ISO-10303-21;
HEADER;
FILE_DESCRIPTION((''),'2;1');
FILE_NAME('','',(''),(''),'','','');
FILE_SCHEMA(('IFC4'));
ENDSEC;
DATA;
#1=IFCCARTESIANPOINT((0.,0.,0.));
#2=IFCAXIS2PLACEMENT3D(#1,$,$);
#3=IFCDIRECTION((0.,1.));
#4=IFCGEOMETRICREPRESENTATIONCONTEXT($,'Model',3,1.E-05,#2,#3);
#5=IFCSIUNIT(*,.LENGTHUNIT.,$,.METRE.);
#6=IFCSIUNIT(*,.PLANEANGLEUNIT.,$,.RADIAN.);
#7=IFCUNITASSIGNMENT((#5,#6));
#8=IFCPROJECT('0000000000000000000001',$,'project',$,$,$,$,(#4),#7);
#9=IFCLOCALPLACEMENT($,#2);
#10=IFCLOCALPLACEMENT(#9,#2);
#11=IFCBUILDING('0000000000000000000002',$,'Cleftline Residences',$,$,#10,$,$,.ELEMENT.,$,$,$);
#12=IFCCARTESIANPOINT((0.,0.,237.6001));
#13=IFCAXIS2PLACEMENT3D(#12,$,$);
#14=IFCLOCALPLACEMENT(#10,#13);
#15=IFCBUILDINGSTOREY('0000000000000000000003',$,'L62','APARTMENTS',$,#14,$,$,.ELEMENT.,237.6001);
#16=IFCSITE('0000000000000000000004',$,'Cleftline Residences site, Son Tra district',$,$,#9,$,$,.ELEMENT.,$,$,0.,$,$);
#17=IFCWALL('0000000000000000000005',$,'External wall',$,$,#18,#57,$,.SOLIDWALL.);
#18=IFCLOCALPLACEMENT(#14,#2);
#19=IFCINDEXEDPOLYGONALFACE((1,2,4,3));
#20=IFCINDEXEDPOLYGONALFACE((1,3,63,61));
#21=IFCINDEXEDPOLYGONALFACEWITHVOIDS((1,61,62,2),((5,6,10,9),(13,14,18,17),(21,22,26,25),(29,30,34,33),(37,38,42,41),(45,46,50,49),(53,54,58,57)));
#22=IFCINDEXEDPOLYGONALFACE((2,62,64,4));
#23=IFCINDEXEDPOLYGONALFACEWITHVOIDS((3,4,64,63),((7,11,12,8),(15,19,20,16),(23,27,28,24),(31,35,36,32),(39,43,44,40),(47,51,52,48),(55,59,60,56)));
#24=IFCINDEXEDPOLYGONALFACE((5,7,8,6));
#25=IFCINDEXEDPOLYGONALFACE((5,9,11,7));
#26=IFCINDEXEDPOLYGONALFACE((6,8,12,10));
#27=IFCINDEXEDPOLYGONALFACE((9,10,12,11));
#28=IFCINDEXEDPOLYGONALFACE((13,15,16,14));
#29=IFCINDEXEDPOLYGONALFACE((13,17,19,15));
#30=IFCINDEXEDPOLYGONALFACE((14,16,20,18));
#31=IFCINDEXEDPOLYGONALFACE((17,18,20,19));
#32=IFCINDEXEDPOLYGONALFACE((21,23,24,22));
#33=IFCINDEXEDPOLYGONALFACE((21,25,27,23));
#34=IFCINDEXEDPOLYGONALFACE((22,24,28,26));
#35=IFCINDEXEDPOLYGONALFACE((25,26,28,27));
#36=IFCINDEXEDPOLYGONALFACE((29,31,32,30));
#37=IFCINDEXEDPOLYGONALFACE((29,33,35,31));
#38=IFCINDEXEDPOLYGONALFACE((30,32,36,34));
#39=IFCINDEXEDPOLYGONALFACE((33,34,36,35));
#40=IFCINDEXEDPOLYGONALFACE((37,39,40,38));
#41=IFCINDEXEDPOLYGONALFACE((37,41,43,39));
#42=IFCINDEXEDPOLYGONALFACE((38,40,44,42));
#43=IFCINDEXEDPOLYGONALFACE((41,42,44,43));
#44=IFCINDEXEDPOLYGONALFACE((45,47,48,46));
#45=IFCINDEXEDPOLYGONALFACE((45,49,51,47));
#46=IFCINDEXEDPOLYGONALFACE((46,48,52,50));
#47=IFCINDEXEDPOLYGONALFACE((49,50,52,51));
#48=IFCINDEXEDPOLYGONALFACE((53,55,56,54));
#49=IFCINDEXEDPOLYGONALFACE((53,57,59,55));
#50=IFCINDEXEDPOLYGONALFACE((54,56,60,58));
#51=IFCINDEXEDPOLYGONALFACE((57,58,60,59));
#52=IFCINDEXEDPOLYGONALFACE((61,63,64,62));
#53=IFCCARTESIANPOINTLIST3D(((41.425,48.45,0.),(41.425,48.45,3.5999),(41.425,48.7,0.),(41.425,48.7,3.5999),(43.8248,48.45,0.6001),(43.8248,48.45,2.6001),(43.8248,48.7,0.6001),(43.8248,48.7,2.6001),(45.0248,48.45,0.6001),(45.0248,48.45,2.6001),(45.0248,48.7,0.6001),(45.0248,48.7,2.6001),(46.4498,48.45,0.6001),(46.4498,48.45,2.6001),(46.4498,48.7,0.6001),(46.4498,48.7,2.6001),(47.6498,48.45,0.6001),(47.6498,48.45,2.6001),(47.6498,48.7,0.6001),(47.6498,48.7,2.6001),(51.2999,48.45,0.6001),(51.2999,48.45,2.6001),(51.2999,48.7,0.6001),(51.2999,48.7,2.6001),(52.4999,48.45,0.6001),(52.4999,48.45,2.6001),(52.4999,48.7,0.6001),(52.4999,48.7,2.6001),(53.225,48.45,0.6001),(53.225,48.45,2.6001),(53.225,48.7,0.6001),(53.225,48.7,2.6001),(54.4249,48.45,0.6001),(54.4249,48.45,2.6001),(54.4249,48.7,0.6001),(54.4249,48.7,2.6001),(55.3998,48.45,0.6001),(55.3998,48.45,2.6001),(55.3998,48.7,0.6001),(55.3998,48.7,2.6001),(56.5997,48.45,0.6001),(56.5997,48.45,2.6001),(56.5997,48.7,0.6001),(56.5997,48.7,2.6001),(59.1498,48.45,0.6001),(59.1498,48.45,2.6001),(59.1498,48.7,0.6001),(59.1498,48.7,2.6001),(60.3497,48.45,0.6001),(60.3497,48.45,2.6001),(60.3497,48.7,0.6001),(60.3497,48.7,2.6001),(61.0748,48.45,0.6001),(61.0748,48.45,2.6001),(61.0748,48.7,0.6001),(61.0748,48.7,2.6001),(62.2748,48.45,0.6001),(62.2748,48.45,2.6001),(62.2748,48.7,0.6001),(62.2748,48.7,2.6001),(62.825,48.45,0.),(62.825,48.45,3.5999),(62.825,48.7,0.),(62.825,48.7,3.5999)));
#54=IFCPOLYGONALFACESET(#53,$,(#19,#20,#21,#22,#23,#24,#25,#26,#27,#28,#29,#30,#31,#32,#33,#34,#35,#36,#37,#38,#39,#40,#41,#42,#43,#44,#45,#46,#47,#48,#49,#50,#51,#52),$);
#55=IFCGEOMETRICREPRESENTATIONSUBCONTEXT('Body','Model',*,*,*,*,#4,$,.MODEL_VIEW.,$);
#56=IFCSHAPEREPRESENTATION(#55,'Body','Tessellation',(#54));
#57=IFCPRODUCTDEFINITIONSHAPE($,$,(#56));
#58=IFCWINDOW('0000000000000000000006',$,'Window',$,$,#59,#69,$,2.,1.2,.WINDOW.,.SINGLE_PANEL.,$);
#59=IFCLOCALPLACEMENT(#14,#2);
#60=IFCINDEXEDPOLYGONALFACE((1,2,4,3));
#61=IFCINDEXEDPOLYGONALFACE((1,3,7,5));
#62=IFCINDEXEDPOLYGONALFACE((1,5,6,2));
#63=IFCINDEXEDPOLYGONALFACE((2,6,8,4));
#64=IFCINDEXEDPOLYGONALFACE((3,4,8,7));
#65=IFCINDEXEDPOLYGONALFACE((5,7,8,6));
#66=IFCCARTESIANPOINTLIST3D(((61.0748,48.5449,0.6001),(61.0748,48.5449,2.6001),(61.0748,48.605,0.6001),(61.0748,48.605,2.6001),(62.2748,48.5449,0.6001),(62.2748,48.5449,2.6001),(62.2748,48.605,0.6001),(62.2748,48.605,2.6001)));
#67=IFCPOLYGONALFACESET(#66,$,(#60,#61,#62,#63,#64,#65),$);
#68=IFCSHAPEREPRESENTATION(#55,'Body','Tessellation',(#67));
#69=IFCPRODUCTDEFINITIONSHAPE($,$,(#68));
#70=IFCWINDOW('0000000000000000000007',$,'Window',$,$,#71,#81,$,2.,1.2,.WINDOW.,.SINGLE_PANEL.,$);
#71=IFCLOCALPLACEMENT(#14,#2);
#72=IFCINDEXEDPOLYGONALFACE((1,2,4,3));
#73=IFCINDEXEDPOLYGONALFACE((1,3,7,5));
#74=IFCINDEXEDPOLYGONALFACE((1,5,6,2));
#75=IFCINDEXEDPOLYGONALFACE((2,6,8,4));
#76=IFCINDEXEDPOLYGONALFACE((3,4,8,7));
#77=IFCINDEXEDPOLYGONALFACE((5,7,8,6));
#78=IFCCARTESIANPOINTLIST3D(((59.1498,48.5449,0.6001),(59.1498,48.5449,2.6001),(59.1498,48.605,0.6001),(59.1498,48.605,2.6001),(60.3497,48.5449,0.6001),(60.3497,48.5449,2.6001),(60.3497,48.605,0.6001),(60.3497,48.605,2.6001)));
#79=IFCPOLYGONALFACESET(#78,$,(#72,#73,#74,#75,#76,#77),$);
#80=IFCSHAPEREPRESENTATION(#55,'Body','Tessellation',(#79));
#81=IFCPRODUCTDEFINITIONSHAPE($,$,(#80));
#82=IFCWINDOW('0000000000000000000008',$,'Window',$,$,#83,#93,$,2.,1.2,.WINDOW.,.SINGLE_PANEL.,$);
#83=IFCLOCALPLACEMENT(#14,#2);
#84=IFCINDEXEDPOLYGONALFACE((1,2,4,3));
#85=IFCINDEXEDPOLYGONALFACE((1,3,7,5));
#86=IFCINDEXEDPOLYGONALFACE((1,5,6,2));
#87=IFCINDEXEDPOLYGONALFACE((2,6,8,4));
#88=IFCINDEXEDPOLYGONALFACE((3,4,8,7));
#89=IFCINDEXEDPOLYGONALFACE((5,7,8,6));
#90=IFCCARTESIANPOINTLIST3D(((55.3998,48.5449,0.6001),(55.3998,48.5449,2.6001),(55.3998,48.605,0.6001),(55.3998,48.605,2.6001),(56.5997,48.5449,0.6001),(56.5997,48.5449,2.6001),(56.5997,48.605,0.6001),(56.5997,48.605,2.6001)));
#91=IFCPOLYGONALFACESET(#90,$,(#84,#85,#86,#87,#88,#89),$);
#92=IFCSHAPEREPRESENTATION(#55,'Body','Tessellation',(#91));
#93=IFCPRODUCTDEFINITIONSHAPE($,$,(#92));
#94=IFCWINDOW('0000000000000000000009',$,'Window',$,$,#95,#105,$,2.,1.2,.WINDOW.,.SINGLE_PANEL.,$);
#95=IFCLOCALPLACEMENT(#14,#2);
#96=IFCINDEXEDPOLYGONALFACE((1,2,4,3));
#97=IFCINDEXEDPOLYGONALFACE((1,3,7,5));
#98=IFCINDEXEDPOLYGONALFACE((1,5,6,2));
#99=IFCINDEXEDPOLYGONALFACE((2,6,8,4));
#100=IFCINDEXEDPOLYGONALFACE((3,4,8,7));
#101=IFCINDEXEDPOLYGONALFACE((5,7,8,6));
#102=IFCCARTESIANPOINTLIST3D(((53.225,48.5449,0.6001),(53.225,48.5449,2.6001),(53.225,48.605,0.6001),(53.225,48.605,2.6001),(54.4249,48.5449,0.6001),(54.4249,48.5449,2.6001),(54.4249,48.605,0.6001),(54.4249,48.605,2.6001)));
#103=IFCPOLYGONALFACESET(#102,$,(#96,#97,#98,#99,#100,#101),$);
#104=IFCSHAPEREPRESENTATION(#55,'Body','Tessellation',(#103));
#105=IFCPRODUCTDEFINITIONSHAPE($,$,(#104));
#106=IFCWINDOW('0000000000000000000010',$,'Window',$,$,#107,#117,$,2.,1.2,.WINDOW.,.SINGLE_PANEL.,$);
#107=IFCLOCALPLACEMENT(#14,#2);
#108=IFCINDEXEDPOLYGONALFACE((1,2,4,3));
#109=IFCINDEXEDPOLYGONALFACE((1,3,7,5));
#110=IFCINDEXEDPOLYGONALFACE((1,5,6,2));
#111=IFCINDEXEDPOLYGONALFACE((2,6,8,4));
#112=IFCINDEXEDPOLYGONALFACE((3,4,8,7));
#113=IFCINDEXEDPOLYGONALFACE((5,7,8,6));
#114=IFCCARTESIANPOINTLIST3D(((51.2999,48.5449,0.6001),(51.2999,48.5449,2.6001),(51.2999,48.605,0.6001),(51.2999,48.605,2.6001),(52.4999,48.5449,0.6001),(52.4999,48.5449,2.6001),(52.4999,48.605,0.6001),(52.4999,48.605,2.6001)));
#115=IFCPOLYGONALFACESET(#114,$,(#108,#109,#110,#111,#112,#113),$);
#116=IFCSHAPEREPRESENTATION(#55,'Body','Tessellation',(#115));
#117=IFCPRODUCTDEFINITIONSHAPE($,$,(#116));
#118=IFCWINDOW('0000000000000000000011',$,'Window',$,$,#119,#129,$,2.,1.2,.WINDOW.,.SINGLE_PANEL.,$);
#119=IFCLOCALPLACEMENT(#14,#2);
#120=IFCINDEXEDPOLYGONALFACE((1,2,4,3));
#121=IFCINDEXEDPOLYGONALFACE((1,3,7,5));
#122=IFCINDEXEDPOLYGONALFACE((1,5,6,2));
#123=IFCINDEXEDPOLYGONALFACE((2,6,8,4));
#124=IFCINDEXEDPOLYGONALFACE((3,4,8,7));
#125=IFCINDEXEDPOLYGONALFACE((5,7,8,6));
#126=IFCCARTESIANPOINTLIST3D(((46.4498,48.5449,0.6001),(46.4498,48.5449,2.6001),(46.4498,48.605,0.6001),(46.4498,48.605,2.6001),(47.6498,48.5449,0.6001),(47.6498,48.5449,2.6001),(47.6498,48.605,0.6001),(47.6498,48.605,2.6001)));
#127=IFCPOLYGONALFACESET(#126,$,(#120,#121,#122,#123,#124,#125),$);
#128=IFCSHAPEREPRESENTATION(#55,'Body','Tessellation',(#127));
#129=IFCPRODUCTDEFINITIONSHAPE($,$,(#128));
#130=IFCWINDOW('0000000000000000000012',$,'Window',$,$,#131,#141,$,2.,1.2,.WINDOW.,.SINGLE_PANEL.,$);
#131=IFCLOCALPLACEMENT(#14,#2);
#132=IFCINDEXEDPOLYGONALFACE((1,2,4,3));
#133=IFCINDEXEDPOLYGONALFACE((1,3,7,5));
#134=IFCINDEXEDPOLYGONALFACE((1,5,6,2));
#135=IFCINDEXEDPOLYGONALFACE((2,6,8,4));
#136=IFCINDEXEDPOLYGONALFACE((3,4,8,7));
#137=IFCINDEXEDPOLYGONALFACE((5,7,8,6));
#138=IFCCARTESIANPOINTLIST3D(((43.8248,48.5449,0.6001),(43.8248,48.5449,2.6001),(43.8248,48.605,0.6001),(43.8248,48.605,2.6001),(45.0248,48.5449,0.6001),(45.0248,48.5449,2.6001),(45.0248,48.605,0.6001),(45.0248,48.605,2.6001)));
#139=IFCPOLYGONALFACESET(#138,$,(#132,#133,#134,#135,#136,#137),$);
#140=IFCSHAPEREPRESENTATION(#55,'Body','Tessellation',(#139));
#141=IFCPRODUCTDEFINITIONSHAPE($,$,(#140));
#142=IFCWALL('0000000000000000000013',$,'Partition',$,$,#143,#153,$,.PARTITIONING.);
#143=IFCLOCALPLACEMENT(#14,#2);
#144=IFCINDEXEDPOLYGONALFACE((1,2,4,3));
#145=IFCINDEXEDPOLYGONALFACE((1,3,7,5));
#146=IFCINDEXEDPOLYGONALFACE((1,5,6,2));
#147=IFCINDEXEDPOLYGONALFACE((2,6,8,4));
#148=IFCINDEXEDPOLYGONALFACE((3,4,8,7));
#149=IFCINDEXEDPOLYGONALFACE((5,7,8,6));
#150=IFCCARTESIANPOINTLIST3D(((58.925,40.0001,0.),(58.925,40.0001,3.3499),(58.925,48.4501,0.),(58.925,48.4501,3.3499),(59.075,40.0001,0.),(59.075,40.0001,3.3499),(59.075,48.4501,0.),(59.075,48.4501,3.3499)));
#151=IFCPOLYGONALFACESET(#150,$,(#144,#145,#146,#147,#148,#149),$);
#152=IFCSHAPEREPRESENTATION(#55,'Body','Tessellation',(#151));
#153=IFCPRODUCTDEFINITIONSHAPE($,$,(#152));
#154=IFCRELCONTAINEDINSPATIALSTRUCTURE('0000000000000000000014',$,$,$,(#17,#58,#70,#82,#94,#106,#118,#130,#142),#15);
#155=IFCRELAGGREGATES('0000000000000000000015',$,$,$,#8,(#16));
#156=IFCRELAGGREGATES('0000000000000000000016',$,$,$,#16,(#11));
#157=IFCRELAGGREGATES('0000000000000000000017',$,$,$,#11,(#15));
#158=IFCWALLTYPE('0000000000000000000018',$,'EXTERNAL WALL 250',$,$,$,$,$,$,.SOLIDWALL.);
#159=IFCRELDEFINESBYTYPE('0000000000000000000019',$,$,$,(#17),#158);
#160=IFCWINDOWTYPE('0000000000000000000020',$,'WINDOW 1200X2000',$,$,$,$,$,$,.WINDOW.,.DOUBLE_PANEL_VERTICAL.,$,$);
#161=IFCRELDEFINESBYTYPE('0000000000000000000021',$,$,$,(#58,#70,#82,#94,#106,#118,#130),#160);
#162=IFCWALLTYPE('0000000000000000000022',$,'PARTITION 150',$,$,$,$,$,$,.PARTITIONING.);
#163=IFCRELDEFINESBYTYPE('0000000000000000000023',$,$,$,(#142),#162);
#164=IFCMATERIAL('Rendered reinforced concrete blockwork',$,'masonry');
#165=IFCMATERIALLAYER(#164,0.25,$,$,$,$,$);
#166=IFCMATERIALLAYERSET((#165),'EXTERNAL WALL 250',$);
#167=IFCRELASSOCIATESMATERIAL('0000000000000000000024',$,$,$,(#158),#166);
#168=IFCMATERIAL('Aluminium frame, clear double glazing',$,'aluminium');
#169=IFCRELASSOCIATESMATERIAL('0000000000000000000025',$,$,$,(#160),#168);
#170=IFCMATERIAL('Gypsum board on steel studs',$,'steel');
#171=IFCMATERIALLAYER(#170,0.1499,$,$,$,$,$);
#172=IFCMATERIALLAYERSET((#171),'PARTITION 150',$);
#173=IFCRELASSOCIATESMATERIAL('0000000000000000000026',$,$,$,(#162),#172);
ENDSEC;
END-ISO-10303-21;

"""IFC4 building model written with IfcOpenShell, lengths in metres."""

from ifc_helpers import new_model, si_unit, direction, frame, frame_2d, origin, place, context, subcontext, project, spatial, rectangle, extrude, material, layer, layer_set, type_object, element, fill, save


model = new_model("IFC4")

# Units and contexts
model_context = context("Model", 3, precision=1e-05, world=origin(), true_north=direction((0.0, 1.0)))
body_context = subcontext(model_context, "Body", "Model", "MODEL_VIEW")
ifc_project = project(units=[si_unit("LENGTHUNIT", "METRE"), si_unit("PLANEANGLEUNIT", "RADIAN")], contexts=[model_context])

# Site, building, storey
site_placement = place(None, origin())
site = spatial("IfcSite", under=ifc_project, at=site_placement, Name="Cleftline Residences site, Son Tra district", CompositionType="ELEMENT", RefElevation=0.0)
building_placement = place(site_placement, origin())
building = spatial("IfcBuilding", under=site, at=building_placement, Name="Cleftline Residences", CompositionType="ELEMENT")
storey_placement = place(building_placement, frame((0.0, 0.0, 237.6001)))
storey = spatial("IfcBuildingStorey", under=building, at=storey_placement, Name="L62", Description="APARTMENTS", CompositionType="ELEMENT", Elevation=237.6001)

# Shared definitions
ifc_material_1 = material(Name="Rendered reinforced concrete blockwork", Category="masonry")
ifc_layer_1 = layer(ifc_material_1, 0.25)
ifc_layer_set_1 = layer_set([ifc_layer_1], Name="EXTERNAL WALL 250")
wall_type_1 = type_object("IfcWallType", Name="EXTERNAL WALL 250", PredefinedType="SOLIDWALL", material=ifc_layer_set_1)
ifc_material_2 = material(Name="Aluminium frame, clear double glazing", Category="aluminium")
window_type_1 = type_object("IfcWindowType", Name="WINDOW 1200X2000", PartitioningType="DOUBLE_PANEL_VERTICAL", PredefinedType="WINDOW", material=ifc_material_2)

# Wall, openings, windows
wall_1_placement = place(storey_placement, frame((62.825, 48.575, 0.0), z_axis=(0.0, 0.0, 1.0), x_axis=(-1.0, 0.0, 0.0)))
wall_1 = element("IfcWall", 1, at=wall_1_placement, inside=storey, type_object=wall_type_1, Name="External wall", PredefinedType="SOLIDWALL", context=body_context, shape_type="SweptSolid", body=[
    extrude(rectangle(XDim=21.3999, YDim=0.25, at=frame_2d((10.7, 0.0))), origin(), (0.0, 0.0, 1.0), 3.5999),
])
opening_1_placement = place(wall_1_placement, frame((0.55, 0.0, 0.6001)))
opening_1 = element("IfcOpeningElement", 2, at=opening_1_placement, cuts=wall_1, PredefinedType="OPENING", context=body_context, shape_type="SweptSolid", body=[
    extrude(rectangle(XDim=1.2, YDim=2.0, at=frame_2d((0.6001, 1.0))), frame((0.0, 0.135, 0.0), z_axis=(0.0, -1.0, 0.0), x_axis=(1.0, 0.0, 0.0)), (0.0, 0.0, 1.0), 0.27),
])
opening_2_placement = place(wall_1_placement, frame((2.4751, 0.0, 0.6001)))
opening_2 = element("IfcOpeningElement", 3, at=opening_2_placement, cuts=wall_1, PredefinedType="OPENING", context=body_context, shape_type="SweptSolid", body=[
    extrude(rectangle(XDim=1.2, YDim=2.0, at=frame_2d((0.6001, 1.0))), frame((0.0, 0.135, 0.0), z_axis=(0.0, -1.0, 0.0), x_axis=(1.0, 0.0, 0.0)), (0.0, 0.0, 1.0), 0.27),
])
opening_3_placement = place(wall_1_placement, frame((6.2251, 0.0, 0.6001)))
opening_3 = element("IfcOpeningElement", 4, at=opening_3_placement, cuts=wall_1, PredefinedType="OPENING", context=body_context, shape_type="SweptSolid", body=[
    extrude(rectangle(XDim=1.2, YDim=2.0, at=frame_2d((0.6001, 1.0))), frame((0.0, 0.135, 0.0), z_axis=(0.0, -1.0, 0.0), x_axis=(1.0, 0.0, 0.0)), (0.0, 0.0, 1.0), 0.27),
])
opening_4_placement = place(wall_1_placement, frame((8.3999, 0.0, 0.6001)))
opening_4 = element("IfcOpeningElement", 5, at=opening_4_placement, cuts=wall_1, PredefinedType="OPENING", context=body_context, shape_type="SweptSolid", body=[
    extrude(rectangle(XDim=1.2, YDim=2.0, at=frame_2d((0.6001, 1.0))), frame((0.0, 0.135, 0.0), z_axis=(0.0, -1.0, 0.0), x_axis=(1.0, 0.0, 0.0)), (0.0, 0.0, 1.0), 0.27),
])
opening_5_placement = place(wall_1_placement, frame((10.325, 0.0, 0.6001)))
opening_5 = element("IfcOpeningElement", 6, at=opening_5_placement, cuts=wall_1, PredefinedType="OPENING", context=body_context, shape_type="SweptSolid", body=[
    extrude(rectangle(XDim=1.2, YDim=2.0, at=frame_2d((0.6001, 1.0))), frame((0.0, 0.135, 0.0), z_axis=(0.0, -1.0, 0.0), x_axis=(1.0, 0.0, 0.0)), (0.0, 0.0, 1.0), 0.27),
])
opening_6_placement = place(wall_1_placement, frame((15.175, 0.0, 0.6001)))
opening_6 = element("IfcOpeningElement", 7, at=opening_6_placement, cuts=wall_1, PredefinedType="OPENING", context=body_context, shape_type="SweptSolid", body=[
    extrude(rectangle(XDim=1.2, YDim=2.0, at=frame_2d((0.6001, 1.0))), frame((0.0, 0.135, 0.0), z_axis=(0.0, -1.0, 0.0), x_axis=(1.0, 0.0, 0.0)), (0.0, 0.0, 1.0), 0.27),
])
opening_7_placement = place(wall_1_placement, frame((17.8, 0.0, 0.6001)))
opening_7 = element("IfcOpeningElement", 8, at=opening_7_placement, cuts=wall_1, PredefinedType="OPENING", context=body_context, shape_type="SweptSolid", body=[
    extrude(rectangle(XDim=1.2, YDim=2.0, at=frame_2d((0.6001, 1.0))), frame((0.0, 0.135, 0.0), z_axis=(0.0, -1.0, 0.0), x_axis=(1.0, 0.0, 0.0)), (0.0, 0.0, 1.0), 0.27),
])
window_1_placement = place(opening_1_placement, origin())
window_1 = element("IfcWindow", 9, at=window_1_placement, inside=storey, type_object=window_type_1, Name="Window", OverallHeight=2.0, OverallWidth=1.2, PartitioningType="SINGLE_PANEL", PredefinedType="WINDOW", context=body_context, shape_type="SweptSolid", body=[
    extrude(rectangle(XDim=1.2, YDim=2.0, at=frame_2d((0.6001, 1.0))), frame((0.0, 0.03, 0.0), z_axis=(0.0, -1.0, 0.0), x_axis=(1.0, 0.0, 0.0)), (0.0, 0.0, 1.0), 0.0601),
])
fill(opening_1, window_1)
window_2_placement = place(opening_2_placement, origin())
window_2 = element("IfcWindow", 10, at=window_2_placement, inside=storey, type_object=window_type_1, Name="Window", OverallHeight=2.0, OverallWidth=1.2, PartitioningType="SINGLE_PANEL", PredefinedType="WINDOW", context=body_context, shape_type="SweptSolid", body=[
    extrude(rectangle(XDim=1.2, YDim=2.0, at=frame_2d((0.6001, 1.0))), frame((0.0, 0.03, 0.0), z_axis=(0.0, -1.0, 0.0), x_axis=(1.0, 0.0, 0.0)), (0.0, 0.0, 1.0), 0.0601),
])
fill(opening_2, window_2)
window_3_placement = place(opening_3_placement, origin())
window_3 = element("IfcWindow", 11, at=window_3_placement, inside=storey, type_object=window_type_1, Name="Window", OverallHeight=2.0, OverallWidth=1.2, PartitioningType="SINGLE_PANEL", PredefinedType="WINDOW", context=body_context, shape_type="SweptSolid", body=[
    extrude(rectangle(XDim=1.2, YDim=2.0, at=frame_2d((0.6001, 1.0))), frame((0.0, 0.03, 0.0), z_axis=(0.0, -1.0, 0.0), x_axis=(1.0, 0.0, 0.0)), (0.0, 0.0, 1.0), 0.0601),
])
fill(opening_3, window_3)
window_4_placement = place(opening_4_placement, origin())
window_4 = element("IfcWindow", 12, at=window_4_placement, inside=storey, type_object=window_type_1, Name="Window", OverallHeight=2.0, OverallWidth=1.2, PartitioningType="SINGLE_PANEL", PredefinedType="WINDOW", context=body_context, shape_type="SweptSolid", body=[
    extrude(rectangle(XDim=1.2, YDim=2.0, at=frame_2d((0.6001, 1.0))), frame((0.0, 0.03, 0.0), z_axis=(0.0, -1.0, 0.0), x_axis=(1.0, 0.0, 0.0)), (0.0, 0.0, 1.0), 0.0601),
])
fill(opening_4, window_4)
window_5_placement = place(opening_5_placement, origin())
window_5 = element("IfcWindow", 13, at=window_5_placement, inside=storey, type_object=window_type_1, Name="Window", OverallHeight=2.0, OverallWidth=1.2, PartitioningType="SINGLE_PANEL", PredefinedType="WINDOW", context=body_context, shape_type="SweptSolid", body=[
    extrude(rectangle(XDim=1.2, YDim=2.0, at=frame_2d((0.6001, 1.0))), frame((0.0, 0.03, 0.0), z_axis=(0.0, -1.0, 0.0), x_axis=(1.0, 0.0, 0.0)), (0.0, 0.0, 1.0), 0.0601),
])
fill(opening_5, window_5)
window_6_placement = place(opening_6_placement, origin())
window_6 = element("IfcWindow", 14, at=window_6_placement, inside=storey, type_object=window_type_1, Name="Window", OverallHeight=2.0, OverallWidth=1.2, PartitioningType="SINGLE_PANEL", PredefinedType="WINDOW", context=body_context, shape_type="SweptSolid", body=[
    extrude(rectangle(XDim=1.2, YDim=2.0, at=frame_2d((0.6001, 1.0))), frame((0.0, 0.03, 0.0), z_axis=(0.0, -1.0, 0.0), x_axis=(1.0, 0.0, 0.0)), (0.0, 0.0, 1.0), 0.0601),
])
fill(opening_6, window_6)
window_7_placement = place(opening_7_placement, origin())
window_7 = element("IfcWindow", 15, at=window_7_placement, inside=storey, type_object=window_type_1, Name="Window", OverallHeight=2.0, OverallWidth=1.2, PartitioningType="SINGLE_PANEL", PredefinedType="WINDOW", context=body_context, shape_type="SweptSolid", body=[
    extrude(rectangle(XDim=1.2, YDim=2.0, at=frame_2d((0.6001, 1.0))), frame((0.0, 0.03, 0.0), z_axis=(0.0, -1.0, 0.0), x_axis=(1.0, 0.0, 0.0)), (0.0, 0.0, 1.0), 0.0601),
])
fill(opening_7, window_7)

# Wall
ifc_material_3 = material(Name="Gypsum board on steel studs", Category="steel")
ifc_layer_2 = layer(ifc_material_3, 0.1499)
ifc_layer_set_2 = layer_set([ifc_layer_2], Name="PARTITION 150")
wall_type_2 = type_object("IfcWallType", Name="PARTITION 150", PredefinedType="PARTITIONING", material=ifc_layer_set_2)
wall_2_placement = place(storey_placement, frame((59.0, 40.0, 0.0), z_axis=(0.0, 0.0, 1.0), x_axis=(0.0, 1.0, 0.0)))
element("IfcWall", 16, at=wall_2_placement, inside=storey, type_object=wall_type_2, Name="Partition", PredefinedType="PARTITIONING", context=body_context, shape_type="SweptSolid", body=[
    extrude(rectangle(XDim=8.45, YDim=0.1499, at=frame_2d((4.2251, 0.0))), origin(), (0.0, 0.0, 1.0), 3.3499),
])

save(model, "model.ifc")
